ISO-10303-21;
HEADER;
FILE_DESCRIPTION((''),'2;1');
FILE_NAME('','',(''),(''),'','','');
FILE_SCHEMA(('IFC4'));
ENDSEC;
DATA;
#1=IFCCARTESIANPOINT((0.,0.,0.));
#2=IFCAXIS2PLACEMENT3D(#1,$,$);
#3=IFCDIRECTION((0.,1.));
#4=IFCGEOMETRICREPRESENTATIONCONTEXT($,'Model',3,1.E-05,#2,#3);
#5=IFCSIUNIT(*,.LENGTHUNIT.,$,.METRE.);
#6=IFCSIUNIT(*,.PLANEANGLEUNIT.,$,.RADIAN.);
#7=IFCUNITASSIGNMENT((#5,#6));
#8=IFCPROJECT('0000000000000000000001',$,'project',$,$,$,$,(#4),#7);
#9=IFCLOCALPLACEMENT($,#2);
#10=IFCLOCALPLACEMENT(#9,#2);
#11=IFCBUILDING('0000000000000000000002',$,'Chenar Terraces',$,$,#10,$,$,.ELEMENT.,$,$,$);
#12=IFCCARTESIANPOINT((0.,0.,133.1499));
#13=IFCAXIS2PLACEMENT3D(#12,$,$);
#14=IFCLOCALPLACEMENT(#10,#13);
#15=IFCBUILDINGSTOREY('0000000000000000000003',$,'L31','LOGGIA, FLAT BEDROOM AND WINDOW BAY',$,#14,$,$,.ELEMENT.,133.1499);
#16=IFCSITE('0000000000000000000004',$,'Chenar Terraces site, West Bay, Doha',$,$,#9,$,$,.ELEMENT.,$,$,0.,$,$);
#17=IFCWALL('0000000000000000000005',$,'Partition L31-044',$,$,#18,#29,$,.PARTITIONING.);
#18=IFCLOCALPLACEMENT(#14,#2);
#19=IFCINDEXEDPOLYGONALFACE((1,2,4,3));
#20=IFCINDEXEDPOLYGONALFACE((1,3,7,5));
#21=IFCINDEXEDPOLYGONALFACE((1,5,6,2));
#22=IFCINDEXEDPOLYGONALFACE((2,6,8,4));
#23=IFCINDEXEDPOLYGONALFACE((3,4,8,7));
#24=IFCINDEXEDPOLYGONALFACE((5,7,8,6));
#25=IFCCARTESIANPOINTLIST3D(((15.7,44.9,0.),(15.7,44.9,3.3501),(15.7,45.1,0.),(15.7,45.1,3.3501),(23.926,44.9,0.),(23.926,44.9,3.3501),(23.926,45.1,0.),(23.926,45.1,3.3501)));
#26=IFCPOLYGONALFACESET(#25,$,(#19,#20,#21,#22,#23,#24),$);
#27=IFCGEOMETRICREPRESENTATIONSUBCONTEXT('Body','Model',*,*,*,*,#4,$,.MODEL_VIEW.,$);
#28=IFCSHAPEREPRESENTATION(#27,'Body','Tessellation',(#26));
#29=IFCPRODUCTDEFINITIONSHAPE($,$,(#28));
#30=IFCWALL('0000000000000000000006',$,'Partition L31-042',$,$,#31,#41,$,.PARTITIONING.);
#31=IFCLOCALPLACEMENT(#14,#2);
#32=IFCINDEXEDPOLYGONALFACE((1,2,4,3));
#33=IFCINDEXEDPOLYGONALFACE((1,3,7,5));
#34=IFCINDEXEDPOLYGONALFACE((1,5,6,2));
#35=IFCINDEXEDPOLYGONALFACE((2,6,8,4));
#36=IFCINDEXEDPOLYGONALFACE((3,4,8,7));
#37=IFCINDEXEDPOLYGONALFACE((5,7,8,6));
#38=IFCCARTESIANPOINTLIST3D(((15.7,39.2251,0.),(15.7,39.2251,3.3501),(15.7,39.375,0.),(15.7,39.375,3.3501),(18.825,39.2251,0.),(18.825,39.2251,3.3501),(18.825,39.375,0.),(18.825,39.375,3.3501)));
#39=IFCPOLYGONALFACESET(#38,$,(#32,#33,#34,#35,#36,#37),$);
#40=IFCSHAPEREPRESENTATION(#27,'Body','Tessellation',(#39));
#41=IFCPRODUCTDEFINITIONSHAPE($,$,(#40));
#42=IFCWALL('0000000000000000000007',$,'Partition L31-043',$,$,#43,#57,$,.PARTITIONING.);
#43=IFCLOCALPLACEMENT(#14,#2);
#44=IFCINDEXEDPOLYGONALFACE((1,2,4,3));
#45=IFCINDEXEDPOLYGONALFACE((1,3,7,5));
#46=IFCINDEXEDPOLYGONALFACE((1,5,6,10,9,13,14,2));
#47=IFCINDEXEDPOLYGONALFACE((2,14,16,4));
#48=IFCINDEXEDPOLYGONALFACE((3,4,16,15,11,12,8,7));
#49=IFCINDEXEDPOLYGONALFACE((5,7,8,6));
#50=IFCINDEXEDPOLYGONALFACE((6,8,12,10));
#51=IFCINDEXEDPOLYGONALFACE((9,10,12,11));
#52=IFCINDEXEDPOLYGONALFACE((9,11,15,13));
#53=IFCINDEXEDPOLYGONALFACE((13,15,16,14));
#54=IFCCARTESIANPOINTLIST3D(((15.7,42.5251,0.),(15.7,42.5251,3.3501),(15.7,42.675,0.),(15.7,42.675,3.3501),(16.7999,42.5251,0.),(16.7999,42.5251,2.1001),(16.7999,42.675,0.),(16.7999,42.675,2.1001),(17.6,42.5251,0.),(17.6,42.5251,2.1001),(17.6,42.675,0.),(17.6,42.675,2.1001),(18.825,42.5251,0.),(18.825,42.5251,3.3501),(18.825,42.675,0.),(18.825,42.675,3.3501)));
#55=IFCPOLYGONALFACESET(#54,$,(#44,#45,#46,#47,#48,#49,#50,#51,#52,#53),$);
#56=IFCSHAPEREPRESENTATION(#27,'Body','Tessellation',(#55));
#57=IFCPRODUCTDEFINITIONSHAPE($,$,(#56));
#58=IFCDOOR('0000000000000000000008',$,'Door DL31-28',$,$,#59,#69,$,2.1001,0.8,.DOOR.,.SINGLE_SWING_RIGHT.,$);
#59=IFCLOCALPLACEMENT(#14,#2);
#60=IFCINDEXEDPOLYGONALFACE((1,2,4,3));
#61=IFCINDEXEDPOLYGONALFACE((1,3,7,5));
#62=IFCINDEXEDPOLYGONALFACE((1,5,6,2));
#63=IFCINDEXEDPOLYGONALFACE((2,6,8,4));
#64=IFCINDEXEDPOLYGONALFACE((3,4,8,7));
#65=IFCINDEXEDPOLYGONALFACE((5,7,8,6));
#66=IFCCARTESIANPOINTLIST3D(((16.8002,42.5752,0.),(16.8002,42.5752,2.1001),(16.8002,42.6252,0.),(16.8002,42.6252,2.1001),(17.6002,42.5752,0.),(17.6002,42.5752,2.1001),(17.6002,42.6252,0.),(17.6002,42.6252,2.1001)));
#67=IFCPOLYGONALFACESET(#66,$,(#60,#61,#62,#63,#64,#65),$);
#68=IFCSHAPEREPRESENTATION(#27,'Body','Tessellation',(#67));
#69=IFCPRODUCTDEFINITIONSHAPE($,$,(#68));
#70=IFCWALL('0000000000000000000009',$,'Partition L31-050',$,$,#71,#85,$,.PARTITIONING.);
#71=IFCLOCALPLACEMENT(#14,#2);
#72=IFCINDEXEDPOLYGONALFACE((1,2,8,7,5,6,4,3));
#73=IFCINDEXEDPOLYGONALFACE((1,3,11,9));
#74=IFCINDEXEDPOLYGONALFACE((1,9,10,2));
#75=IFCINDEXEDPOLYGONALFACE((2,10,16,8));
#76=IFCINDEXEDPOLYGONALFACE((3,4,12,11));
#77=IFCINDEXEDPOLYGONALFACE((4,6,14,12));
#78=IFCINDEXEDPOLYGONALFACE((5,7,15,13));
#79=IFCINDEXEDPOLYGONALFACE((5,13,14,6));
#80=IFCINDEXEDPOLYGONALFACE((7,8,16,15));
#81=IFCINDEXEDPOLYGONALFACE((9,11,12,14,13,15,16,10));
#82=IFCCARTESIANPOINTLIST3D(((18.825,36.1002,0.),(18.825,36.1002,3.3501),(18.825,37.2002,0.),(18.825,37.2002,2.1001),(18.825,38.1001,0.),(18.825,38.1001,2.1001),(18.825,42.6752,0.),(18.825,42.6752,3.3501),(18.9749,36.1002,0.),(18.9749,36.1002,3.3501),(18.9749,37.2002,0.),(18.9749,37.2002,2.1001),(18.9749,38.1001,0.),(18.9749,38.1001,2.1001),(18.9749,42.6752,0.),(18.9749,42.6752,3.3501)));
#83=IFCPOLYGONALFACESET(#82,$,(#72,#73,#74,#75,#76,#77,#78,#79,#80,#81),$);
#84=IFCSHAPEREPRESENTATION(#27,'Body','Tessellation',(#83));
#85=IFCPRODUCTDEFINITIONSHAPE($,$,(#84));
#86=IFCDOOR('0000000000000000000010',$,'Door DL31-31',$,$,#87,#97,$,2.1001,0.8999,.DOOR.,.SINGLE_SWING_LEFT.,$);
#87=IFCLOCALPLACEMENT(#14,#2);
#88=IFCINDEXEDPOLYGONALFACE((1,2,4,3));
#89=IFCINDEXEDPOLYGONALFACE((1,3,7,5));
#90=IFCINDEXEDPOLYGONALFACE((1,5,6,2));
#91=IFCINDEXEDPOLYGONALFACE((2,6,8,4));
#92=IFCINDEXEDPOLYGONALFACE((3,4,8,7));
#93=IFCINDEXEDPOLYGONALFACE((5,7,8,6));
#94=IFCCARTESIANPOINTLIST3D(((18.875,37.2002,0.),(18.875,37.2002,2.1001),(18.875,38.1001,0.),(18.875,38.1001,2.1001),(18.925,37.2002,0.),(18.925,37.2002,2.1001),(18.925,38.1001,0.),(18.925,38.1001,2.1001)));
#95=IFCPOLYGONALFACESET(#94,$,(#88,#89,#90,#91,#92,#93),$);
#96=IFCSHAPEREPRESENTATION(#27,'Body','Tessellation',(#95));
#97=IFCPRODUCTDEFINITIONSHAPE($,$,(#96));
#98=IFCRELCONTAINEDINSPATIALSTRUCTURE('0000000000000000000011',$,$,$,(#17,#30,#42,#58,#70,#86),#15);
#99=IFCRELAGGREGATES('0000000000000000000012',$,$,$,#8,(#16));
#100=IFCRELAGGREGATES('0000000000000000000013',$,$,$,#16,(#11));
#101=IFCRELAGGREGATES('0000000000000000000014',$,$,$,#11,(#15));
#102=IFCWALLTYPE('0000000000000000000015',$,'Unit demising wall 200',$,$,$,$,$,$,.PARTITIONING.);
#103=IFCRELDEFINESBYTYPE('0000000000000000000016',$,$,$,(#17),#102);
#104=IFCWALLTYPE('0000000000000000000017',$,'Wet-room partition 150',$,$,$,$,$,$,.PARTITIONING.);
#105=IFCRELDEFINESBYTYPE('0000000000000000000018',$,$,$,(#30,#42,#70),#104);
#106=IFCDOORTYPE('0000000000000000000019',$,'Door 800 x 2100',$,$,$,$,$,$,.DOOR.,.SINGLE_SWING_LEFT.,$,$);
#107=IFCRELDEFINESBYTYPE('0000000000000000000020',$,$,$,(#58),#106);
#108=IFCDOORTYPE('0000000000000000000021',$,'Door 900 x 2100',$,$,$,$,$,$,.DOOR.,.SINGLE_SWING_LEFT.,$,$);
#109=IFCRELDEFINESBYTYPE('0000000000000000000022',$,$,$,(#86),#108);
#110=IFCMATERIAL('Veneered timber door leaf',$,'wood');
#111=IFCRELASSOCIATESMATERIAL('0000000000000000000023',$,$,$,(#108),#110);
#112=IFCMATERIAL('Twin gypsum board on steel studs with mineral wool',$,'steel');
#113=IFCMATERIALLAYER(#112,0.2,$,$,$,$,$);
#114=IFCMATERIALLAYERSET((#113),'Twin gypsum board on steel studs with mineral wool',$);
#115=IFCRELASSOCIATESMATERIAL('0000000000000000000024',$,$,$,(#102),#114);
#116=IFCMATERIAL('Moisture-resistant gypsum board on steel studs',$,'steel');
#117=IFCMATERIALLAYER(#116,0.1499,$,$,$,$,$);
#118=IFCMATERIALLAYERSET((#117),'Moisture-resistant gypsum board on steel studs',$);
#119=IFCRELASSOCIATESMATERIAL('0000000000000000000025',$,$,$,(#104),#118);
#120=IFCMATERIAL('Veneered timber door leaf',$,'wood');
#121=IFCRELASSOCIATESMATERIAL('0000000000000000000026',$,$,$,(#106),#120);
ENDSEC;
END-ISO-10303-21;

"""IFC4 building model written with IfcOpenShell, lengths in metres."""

from ifc_helpers import new_model, si_unit, direction, frame, frame_2d, origin, place, context, subcontext, project, spatial, rectangle, extrude, material, layer, layer_set, type_object, element, fill, save


model = new_model("IFC4")

# Units and contexts
model_context = context("Model", 3, precision=1e-05, world=origin(), true_north=direction((0.0, 1.0)))
body_context = subcontext(model_context, "Body", "Model", "MODEL_VIEW")
ifc_project = project(units=[si_unit("LENGTHUNIT", "METRE"), si_unit("PLANEANGLEUNIT", "RADIAN")], contexts=[model_context])

# Site, building, storey
site_placement = place(None, origin())
site = spatial("IfcSite", under=ifc_project, at=site_placement, Name="Chenar Terraces site, West Bay, Doha", CompositionType="ELEMENT", RefElevation=0.0)
building_placement = place(site_placement, origin())
building = spatial("IfcBuilding", under=site, at=building_placement, Name="Chenar Terraces", CompositionType="ELEMENT")
storey_placement = place(building_placement, frame((0.0, 0.0, 133.1499)))
storey = spatial("IfcBuildingStorey", under=building, at=storey_placement, Name="L31", Description="LOGGIA, FLAT BEDROOM AND WINDOW BAY", CompositionType="ELEMENT", Elevation=133.1499)

# Shared definitions
ifc_material_1 = material(Name="Veneered timber door leaf", Category="wood")
door_type_1 = type_object("IfcDoorType", Name="Door 900 x 2100", OperationType="SINGLE_SWING_LEFT", PredefinedType="DOOR", material=ifc_material_1)

# Walls
ifc_material_2 = material(Name="Twin gypsum board on steel studs with mineral wool", Category="steel")
ifc_layer_1 = layer(ifc_material_2, 0.2)
ifc_layer_set_1 = layer_set([ifc_layer_1], Name="Twin gypsum board on steel studs with mineral wool")
wall_type_1 = type_object("IfcWallType", Name="Unit demising wall 200", PredefinedType="PARTITIONING", material=ifc_layer_set_1)
wall_1_placement = place(storey_placement, frame((15.7, 45.0, 0.0), z_axis=(0.0, 0.0, 1.0), x_axis=(1.0, 0.0, 0.0)))
element("IfcWall", 1, at=wall_1_placement, inside=storey, type_object=wall_type_1, Name="Partition L31-044", PredefinedType="PARTITIONING", context=body_context, shape_type="SweptSolid", body=[
    extrude(rectangle(XDim=8.2261, YDim=0.2, at=frame_2d((4.113, 0.0))), origin(), (0.0, 0.0, 1.0), 3.3501),
])
ifc_material_3 = material(Name="Moisture-resistant gypsum board on steel studs", Category="steel")
ifc_layer_2 = layer(ifc_material_3, 0.1499)
ifc_layer_set_2 = layer_set([ifc_layer_2], Name="Moisture-resistant gypsum board on steel studs")
wall_type_2 = type_object("IfcWallType", Name="Wet-room partition 150", PredefinedType="PARTITIONING", material=ifc_layer_set_2)
wall_2_placement = place(storey_placement, frame((15.7, 39.3, 0.0), z_axis=(0.0, 0.0, 1.0), x_axis=(1.0, 0.0, 0.0)))
element("IfcWall", 2, at=wall_2_placement, inside=storey, type_object=wall_type_2, Name="Partition L31-042", PredefinedType="PARTITIONING", context=body_context, shape_type="SweptSolid", body=[
    extrude(rectangle(XDim=3.125, YDim=0.1499, at=frame_2d((1.5625, 0.0))), origin(), (0.0, 0.0, 1.0), 3.3501),
])

# Walls, openings, doors
wall_3_placement = place(storey_placement, frame((15.7, 42.6001, 0.0), z_axis=(0.0, 0.0, 1.0), x_axis=(1.0, 0.0, 0.0)))
wall_3 = element("IfcWall", 3, at=wall_3_placement, inside=storey, type_object=wall_type_2, Name="Partition L31-043", PredefinedType="PARTITIONING", context=body_context, shape_type="SweptSolid", body=[
    extrude(rectangle(XDim=3.125, YDim=0.1499, at=frame_2d((1.5625, 0.0))), origin(), (0.0, 0.0, 1.0), 3.3501),
])
opening_1_placement = place(wall_3_placement, frame((1.1001, 0.0, 0.0)))
opening_1 = element("IfcOpeningElement", 4, at=opening_1_placement, cuts=wall_3, PredefinedType="OPENING", context=body_context, shape_type="SweptSolid", body=[
    extrude(rectangle(XDim=0.8, YDim=2.1001, at=frame_2d((0.3999, 1.05))), frame((0.0, 0.085, 0.0), z_axis=(0.0, -1.0, 0.0), x_axis=(1.0, 0.0, 0.0)), (0.0, 0.0, 1.0), 0.1699),
])
ifc_material_4 = material(Name="Veneered timber door leaf", Category="wood")
door_type_2 = type_object("IfcDoorType", Name="Door 800 x 2100", OperationType="SINGLE_SWING_LEFT", PredefinedType="DOOR", material=ifc_material_4)
door_1_placement = place(opening_1_placement, frame((0.8, 0.0, 0.0), z_axis=(0.0, 0.0, 1.0), x_axis=(-1.0, 0.0, 0.0)))
door_1 = element("IfcDoor", 5, at=door_1_placement, inside=storey, type_object=door_type_2, Name="Door DL31-28", OperationType="SINGLE_SWING_RIGHT", OverallHeight=2.1001, OverallWidth=0.8, PredefinedType="DOOR", context=body_context, shape_type="SweptSolid", body=[
    extrude(rectangle(XDim=0.8, YDim=2.1001, at=frame_2d((0.3999, 1.05))), frame((0.0, 0.0249, 0.0), z_axis=(0.0, -1.0, 0.0), x_axis=(1.0, 0.0, 0.0)), (0.0, 0.0, 1.0), 0.05),
])
fill(opening_1, door_1)
wall_4_placement = place(storey_placement, frame((18.8999, 36.1001, 0.0), z_axis=(0.0, 0.0, 1.0), x_axis=(0.0, 1.0, 0.0)))
wall_4 = element("IfcWall", 6, at=wall_4_placement, inside=storey, type_object=wall_type_2, Name="Partition L31-050", PredefinedType="PARTITIONING", context=body_context, shape_type="SweptSolid", body=[
    extrude(rectangle(XDim=6.575, YDim=0.1499, at=frame_2d((3.2876, 0.0))), origin(), (0.0, 0.0, 1.0), 3.3501),
])
opening_2_placement = place(wall_4_placement, frame((1.1001, 0.0, 0.0)))
opening_2 = element("IfcOpeningElement", 7, at=opening_2_placement, cuts=wall_4, PredefinedType="OPENING", context=body_context, shape_type="SweptSolid", body=[
    extrude(rectangle(XDim=0.8999, YDim=2.1001, at=frame_2d((0.45, 1.05))), frame((0.0, 0.085, 0.0), z_axis=(0.0, -1.0, 0.0), x_axis=(1.0, 0.0, 0.0)), (0.0, 0.0, 1.0), 0.1699),
])
door_2_placement = place(opening_2_placement, origin())
door_2 = element("IfcDoor", 8, at=door_2_placement, inside=storey, type_object=door_type_1, Name="Door DL31-31", OperationType="SINGLE_SWING_LEFT", OverallHeight=2.1001, OverallWidth=0.8999, PredefinedType="DOOR", context=body_context, shape_type="SweptSolid", body=[
    extrude(rectangle(XDim=0.8999, YDim=2.1001, at=frame_2d((0.45, 1.05))), frame((0.0, 0.0249, 0.0), z_axis=(0.0, -1.0, 0.0), x_axis=(1.0, 0.0, 0.0)), (0.0, 0.0, 1.0), 0.05),
])
fill(opening_2, door_2)

save(model, "model.ifc")
